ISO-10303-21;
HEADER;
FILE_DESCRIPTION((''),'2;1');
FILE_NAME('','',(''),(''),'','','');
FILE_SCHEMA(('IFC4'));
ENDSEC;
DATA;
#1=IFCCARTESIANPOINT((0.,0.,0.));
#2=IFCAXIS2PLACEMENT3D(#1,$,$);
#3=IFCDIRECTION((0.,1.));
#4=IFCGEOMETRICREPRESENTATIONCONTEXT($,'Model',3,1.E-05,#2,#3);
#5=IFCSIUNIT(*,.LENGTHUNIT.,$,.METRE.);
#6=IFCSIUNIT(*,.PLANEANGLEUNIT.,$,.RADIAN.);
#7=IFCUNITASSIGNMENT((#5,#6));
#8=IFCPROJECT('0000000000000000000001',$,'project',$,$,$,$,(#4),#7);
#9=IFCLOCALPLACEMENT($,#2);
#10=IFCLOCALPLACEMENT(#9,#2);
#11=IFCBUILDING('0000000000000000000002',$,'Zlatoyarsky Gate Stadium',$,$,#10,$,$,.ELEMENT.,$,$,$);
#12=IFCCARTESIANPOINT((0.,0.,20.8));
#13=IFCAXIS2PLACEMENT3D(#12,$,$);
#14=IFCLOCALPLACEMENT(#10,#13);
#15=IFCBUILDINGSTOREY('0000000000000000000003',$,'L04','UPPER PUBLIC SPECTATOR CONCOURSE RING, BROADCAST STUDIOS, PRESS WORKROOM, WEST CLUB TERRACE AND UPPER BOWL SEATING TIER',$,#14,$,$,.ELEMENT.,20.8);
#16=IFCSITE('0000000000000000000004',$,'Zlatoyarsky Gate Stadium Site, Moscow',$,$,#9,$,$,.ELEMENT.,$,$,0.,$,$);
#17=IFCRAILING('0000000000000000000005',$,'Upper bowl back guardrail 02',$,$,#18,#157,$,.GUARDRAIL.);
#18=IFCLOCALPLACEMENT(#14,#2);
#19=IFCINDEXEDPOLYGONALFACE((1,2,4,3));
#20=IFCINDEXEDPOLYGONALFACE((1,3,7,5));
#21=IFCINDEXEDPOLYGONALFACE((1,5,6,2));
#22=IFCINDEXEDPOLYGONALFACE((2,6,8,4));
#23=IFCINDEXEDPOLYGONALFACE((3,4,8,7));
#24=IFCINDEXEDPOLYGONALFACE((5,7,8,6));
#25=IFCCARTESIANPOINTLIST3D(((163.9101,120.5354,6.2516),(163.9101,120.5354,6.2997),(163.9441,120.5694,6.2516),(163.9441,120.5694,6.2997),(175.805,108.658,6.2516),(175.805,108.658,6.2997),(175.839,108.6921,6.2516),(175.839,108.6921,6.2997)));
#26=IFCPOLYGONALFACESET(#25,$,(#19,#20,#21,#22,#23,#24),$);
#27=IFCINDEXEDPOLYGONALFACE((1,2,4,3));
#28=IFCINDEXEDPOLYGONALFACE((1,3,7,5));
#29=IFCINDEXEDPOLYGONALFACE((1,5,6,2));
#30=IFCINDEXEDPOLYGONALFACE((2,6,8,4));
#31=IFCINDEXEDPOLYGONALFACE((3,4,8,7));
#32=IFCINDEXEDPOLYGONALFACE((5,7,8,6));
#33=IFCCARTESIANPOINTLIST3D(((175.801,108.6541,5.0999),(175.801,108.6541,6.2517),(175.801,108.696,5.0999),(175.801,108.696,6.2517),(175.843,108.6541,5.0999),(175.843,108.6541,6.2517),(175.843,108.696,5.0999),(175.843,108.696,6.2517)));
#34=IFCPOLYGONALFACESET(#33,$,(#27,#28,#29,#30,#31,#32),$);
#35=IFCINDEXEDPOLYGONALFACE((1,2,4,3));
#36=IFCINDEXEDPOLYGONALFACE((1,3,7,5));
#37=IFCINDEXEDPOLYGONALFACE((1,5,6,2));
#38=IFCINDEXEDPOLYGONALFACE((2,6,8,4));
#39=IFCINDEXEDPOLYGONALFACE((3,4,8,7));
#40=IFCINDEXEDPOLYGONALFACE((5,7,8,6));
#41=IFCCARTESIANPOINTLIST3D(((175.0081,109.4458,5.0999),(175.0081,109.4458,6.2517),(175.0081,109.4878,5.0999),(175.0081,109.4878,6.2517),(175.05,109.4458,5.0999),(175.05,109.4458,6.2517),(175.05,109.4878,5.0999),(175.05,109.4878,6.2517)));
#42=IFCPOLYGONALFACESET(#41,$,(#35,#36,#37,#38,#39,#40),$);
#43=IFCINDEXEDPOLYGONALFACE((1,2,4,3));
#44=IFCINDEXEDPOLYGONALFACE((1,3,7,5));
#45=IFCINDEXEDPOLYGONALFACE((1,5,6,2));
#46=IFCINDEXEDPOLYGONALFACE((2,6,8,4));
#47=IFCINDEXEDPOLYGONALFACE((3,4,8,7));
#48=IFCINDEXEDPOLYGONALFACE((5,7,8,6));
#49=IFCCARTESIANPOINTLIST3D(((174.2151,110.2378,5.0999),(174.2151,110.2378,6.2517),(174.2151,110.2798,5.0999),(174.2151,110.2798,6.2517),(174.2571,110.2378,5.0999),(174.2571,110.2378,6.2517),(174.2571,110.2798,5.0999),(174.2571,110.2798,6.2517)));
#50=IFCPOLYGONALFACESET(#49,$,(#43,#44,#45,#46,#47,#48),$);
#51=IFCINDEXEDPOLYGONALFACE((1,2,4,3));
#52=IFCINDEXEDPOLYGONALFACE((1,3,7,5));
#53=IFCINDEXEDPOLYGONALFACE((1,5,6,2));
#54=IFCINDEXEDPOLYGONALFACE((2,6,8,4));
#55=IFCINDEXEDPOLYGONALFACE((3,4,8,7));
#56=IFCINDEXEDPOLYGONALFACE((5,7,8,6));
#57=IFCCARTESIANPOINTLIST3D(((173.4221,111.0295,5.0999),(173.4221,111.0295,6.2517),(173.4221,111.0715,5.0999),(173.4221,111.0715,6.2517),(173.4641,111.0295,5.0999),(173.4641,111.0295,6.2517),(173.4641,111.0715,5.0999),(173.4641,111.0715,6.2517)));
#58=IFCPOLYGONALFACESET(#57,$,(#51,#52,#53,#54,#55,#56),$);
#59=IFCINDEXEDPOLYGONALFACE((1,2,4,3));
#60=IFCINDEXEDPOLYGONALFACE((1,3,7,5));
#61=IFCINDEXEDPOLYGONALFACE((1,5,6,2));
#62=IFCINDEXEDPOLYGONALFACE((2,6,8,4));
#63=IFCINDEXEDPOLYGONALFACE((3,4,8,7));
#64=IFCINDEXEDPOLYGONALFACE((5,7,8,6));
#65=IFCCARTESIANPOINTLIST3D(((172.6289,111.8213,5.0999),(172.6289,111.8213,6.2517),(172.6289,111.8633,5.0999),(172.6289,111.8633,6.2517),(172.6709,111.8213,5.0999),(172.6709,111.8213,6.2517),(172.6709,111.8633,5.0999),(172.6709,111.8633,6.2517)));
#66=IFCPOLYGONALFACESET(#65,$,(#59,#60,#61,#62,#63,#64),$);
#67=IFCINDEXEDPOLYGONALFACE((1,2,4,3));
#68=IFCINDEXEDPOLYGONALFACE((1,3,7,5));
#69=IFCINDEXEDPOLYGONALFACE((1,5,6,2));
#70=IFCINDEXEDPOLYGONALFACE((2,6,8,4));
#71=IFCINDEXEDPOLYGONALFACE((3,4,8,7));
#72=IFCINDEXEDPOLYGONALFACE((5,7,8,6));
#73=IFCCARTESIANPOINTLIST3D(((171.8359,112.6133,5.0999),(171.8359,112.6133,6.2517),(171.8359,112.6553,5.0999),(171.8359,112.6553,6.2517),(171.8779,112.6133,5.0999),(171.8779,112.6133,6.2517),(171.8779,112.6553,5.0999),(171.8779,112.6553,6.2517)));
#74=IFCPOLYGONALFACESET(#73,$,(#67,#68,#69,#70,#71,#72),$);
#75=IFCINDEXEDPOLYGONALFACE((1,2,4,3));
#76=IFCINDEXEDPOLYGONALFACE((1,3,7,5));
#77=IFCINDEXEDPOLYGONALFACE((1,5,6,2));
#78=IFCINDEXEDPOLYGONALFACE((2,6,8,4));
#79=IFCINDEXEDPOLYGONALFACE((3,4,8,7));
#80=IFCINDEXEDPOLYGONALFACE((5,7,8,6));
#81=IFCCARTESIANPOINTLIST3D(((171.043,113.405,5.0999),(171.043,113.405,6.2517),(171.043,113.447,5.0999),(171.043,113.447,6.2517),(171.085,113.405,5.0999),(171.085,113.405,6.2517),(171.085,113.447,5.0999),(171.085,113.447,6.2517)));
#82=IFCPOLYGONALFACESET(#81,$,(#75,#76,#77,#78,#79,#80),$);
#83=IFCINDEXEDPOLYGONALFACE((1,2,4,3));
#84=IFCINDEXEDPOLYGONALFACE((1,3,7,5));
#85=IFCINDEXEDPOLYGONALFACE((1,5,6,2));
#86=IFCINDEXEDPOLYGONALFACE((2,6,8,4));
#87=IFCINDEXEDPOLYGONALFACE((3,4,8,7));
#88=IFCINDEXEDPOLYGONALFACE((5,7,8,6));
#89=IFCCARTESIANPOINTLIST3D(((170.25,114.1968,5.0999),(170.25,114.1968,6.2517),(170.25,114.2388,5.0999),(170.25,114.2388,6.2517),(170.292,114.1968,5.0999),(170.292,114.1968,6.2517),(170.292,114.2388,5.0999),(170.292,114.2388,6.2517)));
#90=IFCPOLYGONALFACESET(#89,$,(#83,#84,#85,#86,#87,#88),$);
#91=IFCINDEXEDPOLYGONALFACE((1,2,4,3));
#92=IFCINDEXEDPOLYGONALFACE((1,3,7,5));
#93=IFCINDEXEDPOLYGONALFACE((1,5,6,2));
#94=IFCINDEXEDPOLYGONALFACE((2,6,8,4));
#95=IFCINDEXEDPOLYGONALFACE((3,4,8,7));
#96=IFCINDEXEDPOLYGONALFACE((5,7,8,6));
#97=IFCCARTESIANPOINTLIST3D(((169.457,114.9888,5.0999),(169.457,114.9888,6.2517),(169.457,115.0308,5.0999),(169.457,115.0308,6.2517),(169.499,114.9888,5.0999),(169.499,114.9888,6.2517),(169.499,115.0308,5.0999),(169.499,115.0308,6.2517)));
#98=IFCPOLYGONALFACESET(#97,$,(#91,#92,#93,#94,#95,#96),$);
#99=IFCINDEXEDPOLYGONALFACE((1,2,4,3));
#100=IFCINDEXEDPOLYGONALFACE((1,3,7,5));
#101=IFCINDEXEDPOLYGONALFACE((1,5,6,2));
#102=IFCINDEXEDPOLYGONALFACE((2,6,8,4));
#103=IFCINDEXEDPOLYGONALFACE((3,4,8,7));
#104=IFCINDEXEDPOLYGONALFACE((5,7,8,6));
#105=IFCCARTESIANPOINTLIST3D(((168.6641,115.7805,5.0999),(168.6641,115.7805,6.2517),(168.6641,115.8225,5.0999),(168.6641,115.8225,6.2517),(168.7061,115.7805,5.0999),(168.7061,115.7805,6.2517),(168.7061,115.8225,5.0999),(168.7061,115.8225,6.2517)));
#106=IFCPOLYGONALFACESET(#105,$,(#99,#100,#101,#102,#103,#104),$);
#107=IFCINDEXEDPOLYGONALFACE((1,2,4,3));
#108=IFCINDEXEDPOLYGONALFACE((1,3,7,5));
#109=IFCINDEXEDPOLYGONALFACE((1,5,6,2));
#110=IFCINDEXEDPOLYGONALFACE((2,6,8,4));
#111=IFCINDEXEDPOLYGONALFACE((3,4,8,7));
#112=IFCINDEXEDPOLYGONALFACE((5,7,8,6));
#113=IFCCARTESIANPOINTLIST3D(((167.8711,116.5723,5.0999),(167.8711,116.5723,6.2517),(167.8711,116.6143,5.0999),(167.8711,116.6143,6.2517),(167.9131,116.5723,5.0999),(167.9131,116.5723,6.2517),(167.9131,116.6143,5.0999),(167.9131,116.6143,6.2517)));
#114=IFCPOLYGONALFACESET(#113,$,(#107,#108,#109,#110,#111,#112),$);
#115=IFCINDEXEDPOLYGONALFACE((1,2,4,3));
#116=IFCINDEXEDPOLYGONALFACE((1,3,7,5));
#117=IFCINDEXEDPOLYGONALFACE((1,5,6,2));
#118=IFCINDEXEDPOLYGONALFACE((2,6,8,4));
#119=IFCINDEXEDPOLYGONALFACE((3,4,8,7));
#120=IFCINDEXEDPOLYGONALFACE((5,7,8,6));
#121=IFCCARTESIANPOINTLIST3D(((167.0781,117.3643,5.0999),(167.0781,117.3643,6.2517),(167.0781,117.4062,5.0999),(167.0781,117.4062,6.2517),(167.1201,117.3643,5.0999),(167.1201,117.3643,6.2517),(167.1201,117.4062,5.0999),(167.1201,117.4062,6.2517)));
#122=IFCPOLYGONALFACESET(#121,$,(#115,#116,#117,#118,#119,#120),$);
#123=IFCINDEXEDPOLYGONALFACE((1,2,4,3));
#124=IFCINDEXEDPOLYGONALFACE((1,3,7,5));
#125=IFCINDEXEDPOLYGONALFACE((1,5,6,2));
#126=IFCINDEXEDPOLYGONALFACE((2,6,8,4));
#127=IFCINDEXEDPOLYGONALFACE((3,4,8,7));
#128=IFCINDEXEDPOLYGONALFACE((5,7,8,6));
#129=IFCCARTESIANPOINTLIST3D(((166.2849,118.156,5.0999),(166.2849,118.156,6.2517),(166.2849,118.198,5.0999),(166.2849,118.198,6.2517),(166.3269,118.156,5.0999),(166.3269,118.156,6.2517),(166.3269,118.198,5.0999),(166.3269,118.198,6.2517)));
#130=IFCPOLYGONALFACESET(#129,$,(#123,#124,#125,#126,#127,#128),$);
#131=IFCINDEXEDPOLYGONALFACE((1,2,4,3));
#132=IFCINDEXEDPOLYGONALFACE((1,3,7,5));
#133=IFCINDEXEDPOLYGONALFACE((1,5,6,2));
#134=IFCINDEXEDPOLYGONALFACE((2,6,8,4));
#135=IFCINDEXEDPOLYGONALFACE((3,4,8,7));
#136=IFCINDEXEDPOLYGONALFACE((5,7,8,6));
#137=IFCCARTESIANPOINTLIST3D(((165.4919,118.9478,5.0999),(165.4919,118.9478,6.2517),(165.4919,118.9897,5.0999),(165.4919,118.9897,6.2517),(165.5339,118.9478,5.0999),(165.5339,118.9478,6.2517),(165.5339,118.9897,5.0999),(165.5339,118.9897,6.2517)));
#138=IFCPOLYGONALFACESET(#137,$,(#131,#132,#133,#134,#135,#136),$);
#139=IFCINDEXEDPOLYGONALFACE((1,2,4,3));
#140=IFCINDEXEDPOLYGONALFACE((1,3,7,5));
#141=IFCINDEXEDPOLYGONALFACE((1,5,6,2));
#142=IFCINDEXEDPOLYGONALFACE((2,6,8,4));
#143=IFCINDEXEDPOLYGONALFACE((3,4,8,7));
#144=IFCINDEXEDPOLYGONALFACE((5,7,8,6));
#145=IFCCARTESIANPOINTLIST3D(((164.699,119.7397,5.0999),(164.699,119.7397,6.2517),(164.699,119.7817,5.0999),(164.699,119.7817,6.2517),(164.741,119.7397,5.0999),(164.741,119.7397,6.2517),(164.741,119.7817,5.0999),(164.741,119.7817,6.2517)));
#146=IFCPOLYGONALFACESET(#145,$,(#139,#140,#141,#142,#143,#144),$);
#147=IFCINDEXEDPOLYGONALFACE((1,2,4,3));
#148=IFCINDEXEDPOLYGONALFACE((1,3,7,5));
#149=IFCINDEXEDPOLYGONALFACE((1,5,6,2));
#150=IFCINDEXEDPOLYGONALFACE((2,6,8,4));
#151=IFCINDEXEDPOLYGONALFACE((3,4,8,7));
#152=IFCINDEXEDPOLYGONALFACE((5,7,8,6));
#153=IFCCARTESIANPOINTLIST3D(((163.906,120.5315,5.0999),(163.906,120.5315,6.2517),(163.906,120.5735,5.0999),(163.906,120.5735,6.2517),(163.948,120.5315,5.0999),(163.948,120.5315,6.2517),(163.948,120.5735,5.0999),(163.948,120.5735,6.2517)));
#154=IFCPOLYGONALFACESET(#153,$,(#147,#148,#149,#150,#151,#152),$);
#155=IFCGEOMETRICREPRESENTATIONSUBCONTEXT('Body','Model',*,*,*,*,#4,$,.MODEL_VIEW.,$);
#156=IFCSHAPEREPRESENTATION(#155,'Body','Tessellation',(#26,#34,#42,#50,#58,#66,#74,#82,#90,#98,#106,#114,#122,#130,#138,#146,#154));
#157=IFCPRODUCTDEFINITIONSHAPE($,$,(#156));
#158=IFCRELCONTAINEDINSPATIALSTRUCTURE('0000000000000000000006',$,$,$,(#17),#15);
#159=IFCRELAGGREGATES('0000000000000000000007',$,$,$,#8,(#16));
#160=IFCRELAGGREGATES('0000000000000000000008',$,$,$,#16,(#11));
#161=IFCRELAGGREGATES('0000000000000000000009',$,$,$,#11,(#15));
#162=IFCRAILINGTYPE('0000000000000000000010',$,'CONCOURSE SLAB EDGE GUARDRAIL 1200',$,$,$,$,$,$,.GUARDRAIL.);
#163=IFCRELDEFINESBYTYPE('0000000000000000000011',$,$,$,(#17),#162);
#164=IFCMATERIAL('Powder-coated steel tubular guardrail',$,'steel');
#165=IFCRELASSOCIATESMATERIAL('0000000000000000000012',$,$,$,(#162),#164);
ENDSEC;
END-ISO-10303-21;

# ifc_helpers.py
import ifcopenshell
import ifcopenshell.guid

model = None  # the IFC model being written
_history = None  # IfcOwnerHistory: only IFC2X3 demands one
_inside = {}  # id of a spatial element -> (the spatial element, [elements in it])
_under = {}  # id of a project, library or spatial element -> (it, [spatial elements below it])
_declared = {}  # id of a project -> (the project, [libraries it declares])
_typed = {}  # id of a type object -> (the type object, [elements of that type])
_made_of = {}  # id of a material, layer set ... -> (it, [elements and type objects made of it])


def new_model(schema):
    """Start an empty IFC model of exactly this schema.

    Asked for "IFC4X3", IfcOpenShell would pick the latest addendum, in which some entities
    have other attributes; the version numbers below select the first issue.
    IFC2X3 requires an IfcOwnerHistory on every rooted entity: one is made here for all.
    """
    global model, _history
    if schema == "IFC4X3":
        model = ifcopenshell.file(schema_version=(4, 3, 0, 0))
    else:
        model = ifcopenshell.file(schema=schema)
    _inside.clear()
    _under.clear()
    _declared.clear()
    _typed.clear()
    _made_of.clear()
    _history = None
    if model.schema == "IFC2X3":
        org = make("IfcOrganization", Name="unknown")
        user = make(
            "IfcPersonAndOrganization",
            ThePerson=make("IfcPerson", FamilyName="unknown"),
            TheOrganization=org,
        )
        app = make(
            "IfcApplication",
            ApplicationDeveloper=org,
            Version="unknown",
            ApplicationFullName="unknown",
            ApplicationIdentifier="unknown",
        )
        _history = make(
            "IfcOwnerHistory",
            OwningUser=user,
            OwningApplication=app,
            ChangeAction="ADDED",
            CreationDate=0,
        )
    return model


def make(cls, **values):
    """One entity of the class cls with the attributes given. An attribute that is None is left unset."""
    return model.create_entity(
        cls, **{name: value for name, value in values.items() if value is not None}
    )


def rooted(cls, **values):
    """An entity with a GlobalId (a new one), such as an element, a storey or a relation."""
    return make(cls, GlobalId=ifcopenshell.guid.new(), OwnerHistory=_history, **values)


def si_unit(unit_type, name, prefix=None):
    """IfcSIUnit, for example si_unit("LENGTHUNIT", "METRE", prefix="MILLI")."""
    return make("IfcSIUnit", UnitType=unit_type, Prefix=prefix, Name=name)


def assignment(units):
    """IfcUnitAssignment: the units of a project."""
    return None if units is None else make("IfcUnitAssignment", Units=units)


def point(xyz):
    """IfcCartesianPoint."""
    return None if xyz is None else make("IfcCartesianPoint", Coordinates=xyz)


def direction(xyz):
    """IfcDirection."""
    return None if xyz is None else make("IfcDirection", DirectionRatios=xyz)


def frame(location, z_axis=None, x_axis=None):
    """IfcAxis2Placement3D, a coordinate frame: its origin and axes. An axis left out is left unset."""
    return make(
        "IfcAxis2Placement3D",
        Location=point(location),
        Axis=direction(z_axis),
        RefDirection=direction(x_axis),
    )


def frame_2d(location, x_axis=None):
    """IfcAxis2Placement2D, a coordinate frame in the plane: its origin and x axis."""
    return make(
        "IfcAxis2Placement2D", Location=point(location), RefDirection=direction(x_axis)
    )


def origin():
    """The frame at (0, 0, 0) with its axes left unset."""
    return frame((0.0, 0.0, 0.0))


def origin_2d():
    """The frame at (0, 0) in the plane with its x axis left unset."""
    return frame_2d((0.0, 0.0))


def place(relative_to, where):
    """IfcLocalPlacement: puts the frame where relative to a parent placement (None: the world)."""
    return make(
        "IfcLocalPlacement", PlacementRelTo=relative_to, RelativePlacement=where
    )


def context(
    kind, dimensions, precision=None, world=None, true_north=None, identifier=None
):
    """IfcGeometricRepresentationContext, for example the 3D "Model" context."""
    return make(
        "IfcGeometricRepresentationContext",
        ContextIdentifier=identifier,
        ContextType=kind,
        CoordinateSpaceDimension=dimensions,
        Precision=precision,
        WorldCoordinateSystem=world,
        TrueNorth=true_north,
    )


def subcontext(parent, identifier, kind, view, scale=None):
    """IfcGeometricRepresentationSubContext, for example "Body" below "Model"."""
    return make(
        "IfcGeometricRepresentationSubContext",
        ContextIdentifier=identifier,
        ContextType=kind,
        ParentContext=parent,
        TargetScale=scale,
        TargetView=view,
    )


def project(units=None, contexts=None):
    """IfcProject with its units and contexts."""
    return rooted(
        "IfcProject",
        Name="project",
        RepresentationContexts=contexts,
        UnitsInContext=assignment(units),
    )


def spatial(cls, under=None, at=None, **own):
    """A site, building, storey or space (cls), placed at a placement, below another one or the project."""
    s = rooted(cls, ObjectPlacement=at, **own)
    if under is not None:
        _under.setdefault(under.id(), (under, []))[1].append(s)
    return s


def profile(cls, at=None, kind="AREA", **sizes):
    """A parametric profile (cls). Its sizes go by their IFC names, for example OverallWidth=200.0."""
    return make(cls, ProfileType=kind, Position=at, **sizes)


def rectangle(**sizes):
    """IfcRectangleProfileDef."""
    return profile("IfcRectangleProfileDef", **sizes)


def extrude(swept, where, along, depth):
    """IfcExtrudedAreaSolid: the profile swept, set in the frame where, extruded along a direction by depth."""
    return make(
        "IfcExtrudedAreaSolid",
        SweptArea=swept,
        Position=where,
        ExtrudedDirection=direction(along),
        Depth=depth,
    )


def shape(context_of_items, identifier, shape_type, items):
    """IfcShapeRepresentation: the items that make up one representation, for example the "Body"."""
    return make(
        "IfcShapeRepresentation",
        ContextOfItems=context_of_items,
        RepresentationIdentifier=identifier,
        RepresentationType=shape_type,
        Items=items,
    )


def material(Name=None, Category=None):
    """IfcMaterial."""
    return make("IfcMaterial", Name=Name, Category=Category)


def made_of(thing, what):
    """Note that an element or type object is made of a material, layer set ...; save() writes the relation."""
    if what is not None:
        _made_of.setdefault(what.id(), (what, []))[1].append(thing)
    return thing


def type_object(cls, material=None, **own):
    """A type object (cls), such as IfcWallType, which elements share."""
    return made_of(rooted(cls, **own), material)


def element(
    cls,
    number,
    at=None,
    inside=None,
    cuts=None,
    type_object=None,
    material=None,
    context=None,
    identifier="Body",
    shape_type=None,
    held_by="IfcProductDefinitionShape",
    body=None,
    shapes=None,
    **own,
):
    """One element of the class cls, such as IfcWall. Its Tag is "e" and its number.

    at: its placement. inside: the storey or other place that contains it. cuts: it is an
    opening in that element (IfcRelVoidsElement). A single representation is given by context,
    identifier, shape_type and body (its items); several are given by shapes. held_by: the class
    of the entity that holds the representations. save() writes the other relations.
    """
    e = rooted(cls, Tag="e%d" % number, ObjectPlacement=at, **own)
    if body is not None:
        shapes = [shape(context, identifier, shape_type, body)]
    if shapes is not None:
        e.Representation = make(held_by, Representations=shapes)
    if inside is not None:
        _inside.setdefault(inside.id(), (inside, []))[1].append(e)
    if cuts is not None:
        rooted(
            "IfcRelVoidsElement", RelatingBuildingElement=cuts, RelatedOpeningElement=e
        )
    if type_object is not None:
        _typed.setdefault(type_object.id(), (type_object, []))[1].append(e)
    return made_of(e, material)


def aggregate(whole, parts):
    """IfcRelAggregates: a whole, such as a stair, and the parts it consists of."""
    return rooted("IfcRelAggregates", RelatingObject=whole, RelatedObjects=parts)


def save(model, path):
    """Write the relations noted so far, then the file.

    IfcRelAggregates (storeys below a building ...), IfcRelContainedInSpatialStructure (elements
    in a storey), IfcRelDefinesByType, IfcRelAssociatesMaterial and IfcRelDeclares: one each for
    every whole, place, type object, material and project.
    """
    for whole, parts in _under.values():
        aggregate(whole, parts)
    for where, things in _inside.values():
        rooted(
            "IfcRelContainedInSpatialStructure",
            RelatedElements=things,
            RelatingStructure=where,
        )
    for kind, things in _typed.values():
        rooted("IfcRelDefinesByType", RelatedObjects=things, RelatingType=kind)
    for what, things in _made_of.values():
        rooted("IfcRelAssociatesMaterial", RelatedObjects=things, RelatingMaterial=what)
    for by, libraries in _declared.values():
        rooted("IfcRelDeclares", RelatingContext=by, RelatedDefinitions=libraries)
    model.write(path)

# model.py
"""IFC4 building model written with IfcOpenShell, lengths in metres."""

from ifc_helpers import new_model, si_unit, direction, frame, origin, origin_2d, place, context, subcontext, project, spatial, rectangle, extrude, material, type_object, element, save


model = new_model("IFC4")

# Units and contexts
model_context = context("Model", 3, precision=1e-05, world=origin(), true_north=direction((0.0, 1.0)))
body_context = subcontext(model_context, "Body", "Model", "MODEL_VIEW")
ifc_project = project(units=[si_unit("LENGTHUNIT", "METRE"), si_unit("PLANEANGLEUNIT", "RADIAN")], contexts=[model_context])

# Site, building, storey
site_placement = place(None, origin())
site = spatial("IfcSite", under=ifc_project, at=site_placement, Name="Zlatoyarsky Gate Stadium Site, Moscow", CompositionType="ELEMENT", RefElevation=0.0)
building_placement = place(site_placement, origin())
building = spatial("IfcBuilding", under=site, at=building_placement, Name="Zlatoyarsky Gate Stadium", CompositionType="ELEMENT")
storey_placement = place(building_placement, frame((0.0, 0.0, 20.8)))
storey = spatial("IfcBuildingStorey", under=building, at=storey_placement, Name="L04", Description="UPPER PUBLIC SPECTATOR CONCOURSE RING, BROADCAST STUDIOS, PRESS WORKROOM, WEST CLUB TERRACE AND UPPER BOWL SEATING TIER", CompositionType="ELEMENT", Elevation=20.8)

# Railing
ifc_material_1 = material(Name="Powder-coated steel tubular guardrail", Category="steel")
railing_type = type_object("IfcRailingType", Name="CONCOURSE SLAB EDGE GUARDRAIL 1200", PredefinedType="GUARDRAIL", material=ifc_material_1)
railing_1_placement = place(storey_placement, frame((175.822, 108.675, 5.0999)))
element("IfcRailing", 1, at=railing_1_placement, inside=storey, type_object=railing_type, Name="Upper bowl back guardrail 02", PredefinedType="GUARDRAIL", context=body_context, shape_type="SweptSolid", body=[
    extrude(rectangle(XDim=0.0481, YDim=0.0481, at=origin_2d()), frame((0.0, 0.0, 1.1758), z_axis=(-0.707629, 0.706584, 0.0), x_axis=(-0.706584, -0.707629, 0.0)), (0.0, 0.0, 1.0), 16.8096),
    extrude(rectangle(XDim=0.042, YDim=0.042, at=origin_2d()), origin(), (0.0, 0.0, 1.0), 1.1519),
    extrude(rectangle(XDim=0.042, YDim=0.042, at=origin_2d()), frame((-0.793, 0.7917, 0.0)), (0.0, 0.0, 1.0), 1.1519),
    extrude(rectangle(XDim=0.042, YDim=0.042, at=origin_2d()), frame((-1.5859, 1.5837, 0.0)), (0.0, 0.0, 1.0), 1.1519),
    extrude(rectangle(XDim=0.042, YDim=0.042, at=origin_2d()), frame((-2.3789, 2.3755, 0.0)), (0.0, 0.0, 1.0), 1.1519),
    extrude(rectangle(XDim=0.042, YDim=0.042, at=origin_2d()), frame((-3.1721, 3.1672, 0.0)), (0.0, 0.0, 1.0), 1.1519),
    extrude(rectangle(XDim=0.042, YDim=0.042, at=origin_2d()), frame((-3.9651, 3.9592, 0.0)), (0.0, 0.0, 1.0), 1.1519),
    extrude(rectangle(XDim=0.042, YDim=0.042, at=origin_2d()), frame((-4.7581, 4.751, 0.0)), (0.0, 0.0, 1.0), 1.1519),
    extrude(rectangle(XDim=0.042, YDim=0.042, at=origin_2d()), frame((-5.551, 5.5427, 0.0)), (0.0, 0.0, 1.0), 1.1519),
    extrude(rectangle(XDim=0.042, YDim=0.042, at=origin_2d()), frame((-6.344, 6.3347, 0.0)), (0.0, 0.0, 1.0), 1.1519),
    extrude(rectangle(XDim=0.042, YDim=0.042, at=origin_2d()), frame((-7.137, 7.1265, 0.0)), (0.0, 0.0, 1.0), 1.1519),
    extrude(rectangle(XDim=0.042, YDim=0.042, at=origin_2d()), frame((-7.9299, 7.9182, 0.0)), (0.0, 0.0, 1.0), 1.1519),
    extrude(rectangle(XDim=0.042, YDim=0.042, at=origin_2d()), frame((-8.7229, 8.7102, 0.0)), (0.0, 0.0, 1.0), 1.1519),
    extrude(rectangle(XDim=0.042, YDim=0.042, at=origin_2d()), frame((-9.5161, 9.502, 0.0)), (0.0, 0.0, 1.0), 1.1519),
    extrude(rectangle(XDim=0.042, YDim=0.042, at=origin_2d()), frame((-10.3091, 10.2937, 0.0)), (0.0, 0.0, 1.0), 1.1519),
    extrude(rectangle(XDim=0.042, YDim=0.042, at=origin_2d()), frame((-11.1021, 11.0857, 0.0)), (0.0, 0.0, 1.0), 1.1519),
    extrude(rectangle(XDim=0.042, YDim=0.042, at=origin_2d()), frame((-11.895, 11.8774, 0.0)), (0.0, 0.0, 1.0), 1.1519),
])

save(model, "model.ifc")
